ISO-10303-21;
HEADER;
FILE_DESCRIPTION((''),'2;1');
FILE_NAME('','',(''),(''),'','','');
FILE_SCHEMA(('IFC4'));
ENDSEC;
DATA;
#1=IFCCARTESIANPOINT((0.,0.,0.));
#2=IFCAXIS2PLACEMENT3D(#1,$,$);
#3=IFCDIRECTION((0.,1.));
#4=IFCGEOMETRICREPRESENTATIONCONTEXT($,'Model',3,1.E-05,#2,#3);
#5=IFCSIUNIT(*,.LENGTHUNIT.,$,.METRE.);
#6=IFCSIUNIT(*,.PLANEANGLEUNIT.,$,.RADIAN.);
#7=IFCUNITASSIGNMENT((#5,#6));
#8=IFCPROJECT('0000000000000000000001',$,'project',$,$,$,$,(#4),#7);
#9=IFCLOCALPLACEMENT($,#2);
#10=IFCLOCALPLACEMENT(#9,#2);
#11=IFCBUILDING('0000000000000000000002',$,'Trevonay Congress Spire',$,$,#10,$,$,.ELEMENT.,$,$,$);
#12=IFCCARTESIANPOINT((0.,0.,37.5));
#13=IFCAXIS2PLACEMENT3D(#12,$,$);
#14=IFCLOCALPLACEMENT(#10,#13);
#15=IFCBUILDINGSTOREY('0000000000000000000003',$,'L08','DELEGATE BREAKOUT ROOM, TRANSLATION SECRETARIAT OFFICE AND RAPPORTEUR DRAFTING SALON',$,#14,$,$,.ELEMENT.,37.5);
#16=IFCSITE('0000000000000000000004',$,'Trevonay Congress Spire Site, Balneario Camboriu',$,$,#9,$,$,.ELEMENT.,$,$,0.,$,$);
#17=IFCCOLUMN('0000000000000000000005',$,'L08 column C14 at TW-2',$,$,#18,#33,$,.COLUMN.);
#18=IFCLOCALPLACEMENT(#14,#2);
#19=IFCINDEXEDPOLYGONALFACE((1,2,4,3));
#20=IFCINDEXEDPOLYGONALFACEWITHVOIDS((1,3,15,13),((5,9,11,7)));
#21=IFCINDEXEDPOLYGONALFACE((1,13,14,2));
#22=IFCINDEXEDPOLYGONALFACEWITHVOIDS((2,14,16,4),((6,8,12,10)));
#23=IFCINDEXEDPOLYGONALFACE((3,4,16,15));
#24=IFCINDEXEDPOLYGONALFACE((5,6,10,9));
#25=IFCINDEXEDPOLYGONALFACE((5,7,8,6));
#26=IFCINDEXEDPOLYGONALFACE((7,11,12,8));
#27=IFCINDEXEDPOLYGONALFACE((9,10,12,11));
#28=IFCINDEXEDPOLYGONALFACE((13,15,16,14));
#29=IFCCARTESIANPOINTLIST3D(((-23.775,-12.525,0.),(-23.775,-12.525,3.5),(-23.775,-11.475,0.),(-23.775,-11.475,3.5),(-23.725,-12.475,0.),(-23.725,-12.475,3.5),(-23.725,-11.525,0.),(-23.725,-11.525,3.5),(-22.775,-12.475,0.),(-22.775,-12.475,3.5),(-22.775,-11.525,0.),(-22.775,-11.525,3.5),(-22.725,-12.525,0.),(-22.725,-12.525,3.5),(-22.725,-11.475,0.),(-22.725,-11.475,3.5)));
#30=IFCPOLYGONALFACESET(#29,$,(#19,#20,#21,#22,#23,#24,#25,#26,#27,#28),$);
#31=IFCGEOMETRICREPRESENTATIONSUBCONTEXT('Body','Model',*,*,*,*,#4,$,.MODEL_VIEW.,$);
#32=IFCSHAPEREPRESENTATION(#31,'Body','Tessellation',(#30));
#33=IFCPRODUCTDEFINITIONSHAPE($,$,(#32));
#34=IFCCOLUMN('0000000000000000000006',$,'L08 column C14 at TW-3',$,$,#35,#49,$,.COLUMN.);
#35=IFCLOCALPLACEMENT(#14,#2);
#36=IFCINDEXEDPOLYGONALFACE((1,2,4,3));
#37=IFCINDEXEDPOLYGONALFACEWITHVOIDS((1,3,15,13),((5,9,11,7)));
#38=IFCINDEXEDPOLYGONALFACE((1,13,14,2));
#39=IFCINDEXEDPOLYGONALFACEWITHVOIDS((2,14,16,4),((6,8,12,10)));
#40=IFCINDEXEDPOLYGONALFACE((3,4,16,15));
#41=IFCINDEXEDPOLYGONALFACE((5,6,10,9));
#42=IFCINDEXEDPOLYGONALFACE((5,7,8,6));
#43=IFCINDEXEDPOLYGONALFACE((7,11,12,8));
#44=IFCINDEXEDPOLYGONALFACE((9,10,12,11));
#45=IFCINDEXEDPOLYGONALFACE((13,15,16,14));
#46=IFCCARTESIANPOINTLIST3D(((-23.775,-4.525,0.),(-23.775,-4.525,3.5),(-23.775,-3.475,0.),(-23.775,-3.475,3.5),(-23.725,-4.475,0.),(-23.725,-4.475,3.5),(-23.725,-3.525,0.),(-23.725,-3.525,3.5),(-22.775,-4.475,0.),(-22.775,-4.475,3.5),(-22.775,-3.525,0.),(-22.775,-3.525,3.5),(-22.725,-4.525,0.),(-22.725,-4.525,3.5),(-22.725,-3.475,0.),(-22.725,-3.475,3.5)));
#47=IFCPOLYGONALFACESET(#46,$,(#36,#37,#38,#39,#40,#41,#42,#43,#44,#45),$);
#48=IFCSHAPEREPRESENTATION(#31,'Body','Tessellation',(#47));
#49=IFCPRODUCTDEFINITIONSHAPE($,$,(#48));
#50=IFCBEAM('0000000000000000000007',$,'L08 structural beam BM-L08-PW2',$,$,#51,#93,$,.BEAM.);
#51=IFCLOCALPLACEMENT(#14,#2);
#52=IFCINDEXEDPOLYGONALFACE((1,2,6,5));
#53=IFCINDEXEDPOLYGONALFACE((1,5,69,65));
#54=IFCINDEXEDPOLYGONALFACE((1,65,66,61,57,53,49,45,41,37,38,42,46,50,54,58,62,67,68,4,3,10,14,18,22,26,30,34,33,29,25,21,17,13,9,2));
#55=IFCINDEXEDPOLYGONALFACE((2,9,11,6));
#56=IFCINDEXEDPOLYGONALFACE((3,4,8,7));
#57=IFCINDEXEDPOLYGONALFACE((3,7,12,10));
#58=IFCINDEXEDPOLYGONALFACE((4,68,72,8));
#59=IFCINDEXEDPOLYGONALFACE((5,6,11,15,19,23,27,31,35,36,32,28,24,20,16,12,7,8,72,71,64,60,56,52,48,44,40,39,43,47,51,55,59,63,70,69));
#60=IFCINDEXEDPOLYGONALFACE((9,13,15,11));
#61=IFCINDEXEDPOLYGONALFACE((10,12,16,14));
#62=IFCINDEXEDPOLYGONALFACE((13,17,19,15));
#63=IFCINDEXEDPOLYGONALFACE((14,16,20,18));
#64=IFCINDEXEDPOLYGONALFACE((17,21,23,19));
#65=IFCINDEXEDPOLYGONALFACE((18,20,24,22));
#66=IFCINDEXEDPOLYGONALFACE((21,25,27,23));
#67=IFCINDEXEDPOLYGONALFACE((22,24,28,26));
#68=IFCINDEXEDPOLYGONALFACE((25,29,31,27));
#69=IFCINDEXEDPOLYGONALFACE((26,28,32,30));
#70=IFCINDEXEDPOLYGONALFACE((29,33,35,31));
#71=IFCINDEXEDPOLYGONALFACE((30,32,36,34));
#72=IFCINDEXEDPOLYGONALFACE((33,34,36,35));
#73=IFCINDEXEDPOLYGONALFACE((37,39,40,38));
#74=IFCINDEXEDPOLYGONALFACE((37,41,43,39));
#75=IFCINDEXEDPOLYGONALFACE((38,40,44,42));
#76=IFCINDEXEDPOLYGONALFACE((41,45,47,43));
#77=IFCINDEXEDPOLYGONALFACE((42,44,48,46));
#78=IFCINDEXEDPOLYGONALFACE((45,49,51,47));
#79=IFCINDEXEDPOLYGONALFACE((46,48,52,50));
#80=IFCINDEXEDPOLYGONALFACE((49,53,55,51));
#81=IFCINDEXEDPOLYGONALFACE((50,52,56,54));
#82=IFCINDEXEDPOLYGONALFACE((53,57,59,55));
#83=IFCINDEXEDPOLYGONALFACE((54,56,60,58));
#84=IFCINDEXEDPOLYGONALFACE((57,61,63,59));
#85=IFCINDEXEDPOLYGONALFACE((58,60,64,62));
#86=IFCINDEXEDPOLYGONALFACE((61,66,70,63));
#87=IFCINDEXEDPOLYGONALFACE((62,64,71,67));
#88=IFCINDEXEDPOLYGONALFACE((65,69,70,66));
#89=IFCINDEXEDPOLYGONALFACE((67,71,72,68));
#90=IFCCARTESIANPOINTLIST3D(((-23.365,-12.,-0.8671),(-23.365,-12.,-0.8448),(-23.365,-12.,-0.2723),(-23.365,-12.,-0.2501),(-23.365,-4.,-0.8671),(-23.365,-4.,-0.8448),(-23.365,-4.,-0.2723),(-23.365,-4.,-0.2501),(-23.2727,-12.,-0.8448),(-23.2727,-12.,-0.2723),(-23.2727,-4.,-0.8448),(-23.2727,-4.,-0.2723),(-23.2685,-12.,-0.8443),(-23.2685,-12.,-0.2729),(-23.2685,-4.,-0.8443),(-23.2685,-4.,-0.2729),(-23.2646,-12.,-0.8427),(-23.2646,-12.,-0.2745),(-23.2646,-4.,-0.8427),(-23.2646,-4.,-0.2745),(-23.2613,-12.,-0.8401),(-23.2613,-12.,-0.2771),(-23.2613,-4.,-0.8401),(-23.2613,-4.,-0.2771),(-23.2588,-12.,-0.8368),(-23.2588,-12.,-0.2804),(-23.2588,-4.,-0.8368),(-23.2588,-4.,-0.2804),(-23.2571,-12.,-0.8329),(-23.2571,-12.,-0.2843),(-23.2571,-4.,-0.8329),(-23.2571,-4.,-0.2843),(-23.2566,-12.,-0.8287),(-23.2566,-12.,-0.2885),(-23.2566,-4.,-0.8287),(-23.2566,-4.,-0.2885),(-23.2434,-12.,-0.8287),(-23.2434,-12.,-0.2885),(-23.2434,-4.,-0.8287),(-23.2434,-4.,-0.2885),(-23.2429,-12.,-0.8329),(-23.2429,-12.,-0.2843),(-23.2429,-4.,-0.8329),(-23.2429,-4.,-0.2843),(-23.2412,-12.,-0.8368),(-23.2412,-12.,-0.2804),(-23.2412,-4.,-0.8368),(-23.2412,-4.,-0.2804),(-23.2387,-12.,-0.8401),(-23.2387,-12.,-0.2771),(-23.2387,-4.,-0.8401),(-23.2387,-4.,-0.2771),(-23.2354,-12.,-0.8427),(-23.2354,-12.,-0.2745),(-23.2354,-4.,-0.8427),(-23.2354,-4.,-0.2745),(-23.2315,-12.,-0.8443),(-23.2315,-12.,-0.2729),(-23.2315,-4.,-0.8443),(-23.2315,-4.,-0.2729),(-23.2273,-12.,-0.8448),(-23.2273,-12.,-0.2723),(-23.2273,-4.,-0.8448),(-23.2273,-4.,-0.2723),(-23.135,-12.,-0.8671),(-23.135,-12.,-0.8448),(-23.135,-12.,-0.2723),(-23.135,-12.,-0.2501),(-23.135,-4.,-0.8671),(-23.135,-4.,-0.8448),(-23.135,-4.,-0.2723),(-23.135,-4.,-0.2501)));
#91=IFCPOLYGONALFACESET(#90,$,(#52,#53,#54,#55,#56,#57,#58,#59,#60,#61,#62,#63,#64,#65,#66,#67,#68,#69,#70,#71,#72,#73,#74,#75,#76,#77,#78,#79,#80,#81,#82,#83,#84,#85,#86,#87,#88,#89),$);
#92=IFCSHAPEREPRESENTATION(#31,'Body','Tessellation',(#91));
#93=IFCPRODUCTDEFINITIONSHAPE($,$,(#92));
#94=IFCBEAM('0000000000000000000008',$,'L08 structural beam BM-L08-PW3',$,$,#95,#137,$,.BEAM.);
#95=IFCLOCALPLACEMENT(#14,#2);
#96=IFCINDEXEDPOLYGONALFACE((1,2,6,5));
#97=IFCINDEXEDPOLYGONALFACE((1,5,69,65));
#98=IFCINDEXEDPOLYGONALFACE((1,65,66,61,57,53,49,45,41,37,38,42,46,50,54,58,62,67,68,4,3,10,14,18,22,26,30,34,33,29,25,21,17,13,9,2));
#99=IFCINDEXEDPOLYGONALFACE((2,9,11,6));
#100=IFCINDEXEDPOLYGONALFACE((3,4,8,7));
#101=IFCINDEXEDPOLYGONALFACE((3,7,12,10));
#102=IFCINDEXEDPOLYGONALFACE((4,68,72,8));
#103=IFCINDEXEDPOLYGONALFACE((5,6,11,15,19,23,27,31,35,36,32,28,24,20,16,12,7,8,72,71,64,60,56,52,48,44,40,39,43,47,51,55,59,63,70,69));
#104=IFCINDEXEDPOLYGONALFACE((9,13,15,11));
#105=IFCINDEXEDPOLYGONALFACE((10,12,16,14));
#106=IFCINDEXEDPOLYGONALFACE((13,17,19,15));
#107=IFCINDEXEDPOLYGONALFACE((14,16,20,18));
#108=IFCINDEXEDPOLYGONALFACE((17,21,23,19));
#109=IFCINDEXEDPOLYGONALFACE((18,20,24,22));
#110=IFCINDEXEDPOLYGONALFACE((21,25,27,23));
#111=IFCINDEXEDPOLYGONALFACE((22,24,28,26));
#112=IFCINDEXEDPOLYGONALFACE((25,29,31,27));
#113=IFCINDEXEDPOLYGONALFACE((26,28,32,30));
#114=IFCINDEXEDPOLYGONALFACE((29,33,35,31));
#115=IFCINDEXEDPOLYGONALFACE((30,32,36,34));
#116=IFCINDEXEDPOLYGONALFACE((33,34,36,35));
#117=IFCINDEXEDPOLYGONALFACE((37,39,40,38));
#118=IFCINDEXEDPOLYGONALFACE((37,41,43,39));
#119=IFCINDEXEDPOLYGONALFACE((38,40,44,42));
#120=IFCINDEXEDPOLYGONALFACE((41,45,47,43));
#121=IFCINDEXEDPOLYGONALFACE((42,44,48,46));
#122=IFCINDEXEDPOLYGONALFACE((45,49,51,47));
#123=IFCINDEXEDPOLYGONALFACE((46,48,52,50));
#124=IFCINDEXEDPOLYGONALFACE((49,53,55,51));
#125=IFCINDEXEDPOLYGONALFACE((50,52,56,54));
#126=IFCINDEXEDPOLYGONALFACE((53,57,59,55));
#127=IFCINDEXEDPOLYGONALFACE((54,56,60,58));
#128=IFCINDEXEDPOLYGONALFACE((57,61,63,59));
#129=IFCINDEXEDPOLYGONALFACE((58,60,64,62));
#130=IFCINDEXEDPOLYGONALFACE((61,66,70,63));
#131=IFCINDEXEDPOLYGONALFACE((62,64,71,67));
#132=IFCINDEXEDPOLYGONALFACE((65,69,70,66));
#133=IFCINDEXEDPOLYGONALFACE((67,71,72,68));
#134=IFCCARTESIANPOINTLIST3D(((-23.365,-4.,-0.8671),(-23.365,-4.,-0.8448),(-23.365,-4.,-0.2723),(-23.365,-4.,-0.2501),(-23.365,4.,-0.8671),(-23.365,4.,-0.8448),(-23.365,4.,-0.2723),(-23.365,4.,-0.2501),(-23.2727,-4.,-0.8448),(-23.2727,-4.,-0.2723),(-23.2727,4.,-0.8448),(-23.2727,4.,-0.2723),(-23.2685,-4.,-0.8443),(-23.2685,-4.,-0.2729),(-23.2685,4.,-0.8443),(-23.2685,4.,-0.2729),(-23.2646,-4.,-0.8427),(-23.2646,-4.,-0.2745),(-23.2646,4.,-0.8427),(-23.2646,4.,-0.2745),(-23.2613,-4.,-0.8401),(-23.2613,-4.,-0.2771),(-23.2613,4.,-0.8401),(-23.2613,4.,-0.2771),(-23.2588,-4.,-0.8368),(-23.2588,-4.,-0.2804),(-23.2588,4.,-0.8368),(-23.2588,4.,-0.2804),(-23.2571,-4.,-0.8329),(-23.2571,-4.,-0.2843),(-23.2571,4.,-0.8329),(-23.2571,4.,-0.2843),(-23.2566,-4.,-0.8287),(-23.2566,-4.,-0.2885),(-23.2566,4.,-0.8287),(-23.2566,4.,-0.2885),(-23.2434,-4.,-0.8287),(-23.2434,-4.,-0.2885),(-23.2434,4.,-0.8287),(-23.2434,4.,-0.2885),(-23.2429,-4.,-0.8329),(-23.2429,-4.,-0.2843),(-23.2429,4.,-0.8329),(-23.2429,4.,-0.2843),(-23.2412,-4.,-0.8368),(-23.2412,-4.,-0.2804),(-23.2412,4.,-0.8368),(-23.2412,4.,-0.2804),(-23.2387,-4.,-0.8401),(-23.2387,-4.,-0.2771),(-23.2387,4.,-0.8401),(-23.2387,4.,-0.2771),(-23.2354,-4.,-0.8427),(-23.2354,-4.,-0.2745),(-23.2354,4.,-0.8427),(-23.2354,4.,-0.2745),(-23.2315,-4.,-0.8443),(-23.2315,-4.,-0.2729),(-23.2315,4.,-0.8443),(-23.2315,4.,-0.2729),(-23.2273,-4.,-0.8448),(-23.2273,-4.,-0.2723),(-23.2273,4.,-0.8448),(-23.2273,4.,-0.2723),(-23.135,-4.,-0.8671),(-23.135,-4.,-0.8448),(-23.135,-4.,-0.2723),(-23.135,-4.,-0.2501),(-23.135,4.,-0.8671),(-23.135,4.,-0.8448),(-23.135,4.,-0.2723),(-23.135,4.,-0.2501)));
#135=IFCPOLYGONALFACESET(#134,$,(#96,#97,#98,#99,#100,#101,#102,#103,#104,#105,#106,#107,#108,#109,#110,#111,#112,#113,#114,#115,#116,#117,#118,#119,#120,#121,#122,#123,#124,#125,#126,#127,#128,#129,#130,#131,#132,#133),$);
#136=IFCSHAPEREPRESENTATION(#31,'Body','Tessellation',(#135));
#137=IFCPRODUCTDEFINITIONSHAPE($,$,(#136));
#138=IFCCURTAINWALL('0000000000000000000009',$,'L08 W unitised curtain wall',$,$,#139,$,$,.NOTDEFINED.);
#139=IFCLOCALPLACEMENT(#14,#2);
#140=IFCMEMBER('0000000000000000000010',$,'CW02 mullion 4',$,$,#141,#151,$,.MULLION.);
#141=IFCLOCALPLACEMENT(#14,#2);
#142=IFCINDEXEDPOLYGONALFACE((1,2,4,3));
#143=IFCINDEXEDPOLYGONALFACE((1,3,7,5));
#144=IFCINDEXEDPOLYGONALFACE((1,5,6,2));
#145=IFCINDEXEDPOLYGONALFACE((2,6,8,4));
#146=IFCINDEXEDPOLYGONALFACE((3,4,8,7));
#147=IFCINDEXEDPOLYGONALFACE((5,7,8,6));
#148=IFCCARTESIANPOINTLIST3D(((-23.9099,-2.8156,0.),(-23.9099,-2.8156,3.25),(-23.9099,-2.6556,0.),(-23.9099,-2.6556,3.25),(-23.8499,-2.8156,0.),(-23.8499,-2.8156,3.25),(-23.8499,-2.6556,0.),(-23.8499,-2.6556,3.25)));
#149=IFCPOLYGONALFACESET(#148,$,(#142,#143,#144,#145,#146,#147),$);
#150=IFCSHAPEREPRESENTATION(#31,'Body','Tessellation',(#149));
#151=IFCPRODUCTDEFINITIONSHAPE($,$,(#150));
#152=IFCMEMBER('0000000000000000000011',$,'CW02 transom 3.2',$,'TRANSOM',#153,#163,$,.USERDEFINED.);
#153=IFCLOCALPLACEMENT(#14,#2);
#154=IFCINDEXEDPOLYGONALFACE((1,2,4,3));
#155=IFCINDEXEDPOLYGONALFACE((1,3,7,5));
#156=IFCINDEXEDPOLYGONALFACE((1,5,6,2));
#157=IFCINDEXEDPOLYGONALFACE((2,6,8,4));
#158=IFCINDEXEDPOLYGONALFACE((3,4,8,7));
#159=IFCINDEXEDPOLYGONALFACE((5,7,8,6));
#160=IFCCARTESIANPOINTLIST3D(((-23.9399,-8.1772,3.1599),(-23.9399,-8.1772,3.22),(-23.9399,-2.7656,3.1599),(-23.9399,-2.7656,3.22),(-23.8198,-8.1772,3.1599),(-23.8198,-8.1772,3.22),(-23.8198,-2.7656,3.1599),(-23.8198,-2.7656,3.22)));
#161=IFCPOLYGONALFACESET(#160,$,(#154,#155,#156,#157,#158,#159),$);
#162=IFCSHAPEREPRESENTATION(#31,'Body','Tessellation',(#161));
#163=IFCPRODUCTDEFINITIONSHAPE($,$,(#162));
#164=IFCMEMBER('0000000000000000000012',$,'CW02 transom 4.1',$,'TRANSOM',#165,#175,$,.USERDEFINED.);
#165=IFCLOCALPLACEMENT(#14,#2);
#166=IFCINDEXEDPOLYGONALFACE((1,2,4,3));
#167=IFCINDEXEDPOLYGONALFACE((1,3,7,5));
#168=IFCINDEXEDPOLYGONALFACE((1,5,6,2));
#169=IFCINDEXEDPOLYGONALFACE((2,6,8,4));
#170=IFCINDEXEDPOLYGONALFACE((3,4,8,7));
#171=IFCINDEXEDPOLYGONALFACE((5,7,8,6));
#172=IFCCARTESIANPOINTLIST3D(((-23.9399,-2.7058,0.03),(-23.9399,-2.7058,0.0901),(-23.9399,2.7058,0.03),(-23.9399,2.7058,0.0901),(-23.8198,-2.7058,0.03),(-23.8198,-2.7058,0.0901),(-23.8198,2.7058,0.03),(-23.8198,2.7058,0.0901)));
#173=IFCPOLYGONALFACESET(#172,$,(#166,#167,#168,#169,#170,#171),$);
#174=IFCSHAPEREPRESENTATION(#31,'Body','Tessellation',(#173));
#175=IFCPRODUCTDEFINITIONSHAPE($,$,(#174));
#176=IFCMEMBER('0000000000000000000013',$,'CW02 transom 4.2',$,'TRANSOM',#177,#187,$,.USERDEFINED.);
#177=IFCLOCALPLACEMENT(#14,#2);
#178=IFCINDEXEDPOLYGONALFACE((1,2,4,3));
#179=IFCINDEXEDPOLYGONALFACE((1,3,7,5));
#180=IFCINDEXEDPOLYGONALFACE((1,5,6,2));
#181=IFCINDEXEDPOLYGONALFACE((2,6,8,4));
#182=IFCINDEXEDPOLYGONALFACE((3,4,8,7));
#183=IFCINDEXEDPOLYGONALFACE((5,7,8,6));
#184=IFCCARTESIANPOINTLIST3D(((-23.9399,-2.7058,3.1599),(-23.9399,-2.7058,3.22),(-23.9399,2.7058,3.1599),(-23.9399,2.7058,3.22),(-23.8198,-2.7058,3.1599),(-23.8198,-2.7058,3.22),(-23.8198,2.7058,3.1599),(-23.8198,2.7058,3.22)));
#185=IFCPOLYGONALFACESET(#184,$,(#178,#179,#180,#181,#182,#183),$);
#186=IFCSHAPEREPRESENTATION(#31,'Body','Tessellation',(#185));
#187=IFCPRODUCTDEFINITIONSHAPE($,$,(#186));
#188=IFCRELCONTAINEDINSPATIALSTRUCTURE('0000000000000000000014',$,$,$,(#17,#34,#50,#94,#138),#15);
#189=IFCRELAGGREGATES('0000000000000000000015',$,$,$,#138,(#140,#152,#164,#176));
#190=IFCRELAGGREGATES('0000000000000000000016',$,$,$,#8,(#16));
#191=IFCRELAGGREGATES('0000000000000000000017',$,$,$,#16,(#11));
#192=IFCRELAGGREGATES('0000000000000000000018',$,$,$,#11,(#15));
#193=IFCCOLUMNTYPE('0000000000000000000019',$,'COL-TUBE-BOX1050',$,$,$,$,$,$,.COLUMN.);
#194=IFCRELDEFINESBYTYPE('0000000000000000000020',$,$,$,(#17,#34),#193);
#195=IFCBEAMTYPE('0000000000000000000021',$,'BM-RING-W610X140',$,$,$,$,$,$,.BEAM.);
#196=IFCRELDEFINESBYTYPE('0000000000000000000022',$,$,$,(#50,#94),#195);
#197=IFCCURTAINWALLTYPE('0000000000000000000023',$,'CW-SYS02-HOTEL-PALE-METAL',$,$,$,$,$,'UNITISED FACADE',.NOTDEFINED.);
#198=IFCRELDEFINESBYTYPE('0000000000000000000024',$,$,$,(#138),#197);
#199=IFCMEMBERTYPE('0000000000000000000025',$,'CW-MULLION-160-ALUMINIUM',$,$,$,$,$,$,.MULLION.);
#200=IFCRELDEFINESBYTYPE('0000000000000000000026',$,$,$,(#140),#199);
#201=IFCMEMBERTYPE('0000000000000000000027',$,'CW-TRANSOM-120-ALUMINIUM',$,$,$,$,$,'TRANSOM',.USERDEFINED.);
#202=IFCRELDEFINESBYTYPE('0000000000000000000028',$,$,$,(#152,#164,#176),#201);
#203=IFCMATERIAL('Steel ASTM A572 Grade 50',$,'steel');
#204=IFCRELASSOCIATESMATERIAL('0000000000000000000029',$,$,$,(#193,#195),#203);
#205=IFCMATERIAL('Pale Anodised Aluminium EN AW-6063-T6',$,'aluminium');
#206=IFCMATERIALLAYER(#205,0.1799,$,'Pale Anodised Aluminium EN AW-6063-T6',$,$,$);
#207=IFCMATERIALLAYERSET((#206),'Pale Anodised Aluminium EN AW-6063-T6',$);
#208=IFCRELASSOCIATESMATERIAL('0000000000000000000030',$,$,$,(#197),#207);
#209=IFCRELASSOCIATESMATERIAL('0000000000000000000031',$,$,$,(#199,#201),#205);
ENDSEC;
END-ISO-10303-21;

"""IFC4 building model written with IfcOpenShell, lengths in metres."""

from ifc_helpers import new_model, si_unit, direction, frame, origin, origin_2d, place, context, subcontext, project, spatial, rectangle, hollow_rectangle, i_section, extrude, material, layer, layer_set, material_profile, profile_set, type_object, element, aggregate, save


model = new_model("IFC4")

# Units and contexts
model_context = context("Model", 3, precision=1e-05, world=origin(), true_north=direction((0.0, 1.0)))
body_context = subcontext(model_context, "Body", "Model", "MODEL_VIEW")
ifc_project = project(units=[si_unit("LENGTHUNIT", "METRE"), si_unit("PLANEANGLEUNIT", "RADIAN")], contexts=[model_context])

# Site, building, storey
site_placement = place(None, origin())
site = spatial("IfcSite", under=ifc_project, at=site_placement, Name="Trevonay Congress Spire Site, Balneario Camboriu", CompositionType="ELEMENT", RefElevation=0.0)
building_placement = place(site_placement, origin())
building = spatial("IfcBuilding", under=site, at=building_placement, Name="Trevonay Congress Spire", CompositionType="ELEMENT")
storey_placement = place(building_placement, frame((0.0, 0.0, 37.5)))
storey = spatial("IfcBuildingStorey", under=building, at=storey_placement, Name="L08", Description="DELEGATE BREAKOUT ROOM, TRANSLATION SECRETARIAT OFFICE AND RAPPORTEUR DRAFTING SALON", CompositionType="ELEMENT", Elevation=37.5)

# Columns
ifc_material_1 = material(Name="Steel ASTM A572 Grade 50", Category="steel")
ifc_material_profile_1 = material_profile(ifc_material_1, hollow_rectangle(XDim=1.05, YDim=1.05, WallThickness=0.05, at=origin_2d()), Name="BOX 1050x1050x50")
ifc_profile_set_1 = profile_set([ifc_material_profile_1], Name="Steel ASTM A572 Grade 50")
column_type = type_object("IfcColumnType", Name="COL-TUBE-BOX1050", PredefinedType="COLUMN", material=ifc_profile_set_1)
for number, where, z_axis, x_axis, name in (
    (1, (-23.25, -12.0, 0.0), (0.0, 0.0, 1.0), (1.0, 0.0, 0.0), "L08 column C14 at TW-2"),
    (2, (-23.25, -4.0, 0.0), (0.0, 0.0, 1.0), (1.0, 0.0, 0.0), "L08 column C14 at TW-3"),
):
    element("IfcColumn", number, at=place(storey_placement, frame(where, z_axis=z_axis, x_axis=x_axis)), inside=storey, type_object=column_type, Name=name, PredefinedType="COLUMN", context=body_context, shape_type="SweptSolid", body=[
        extrude(hollow_rectangle(XDim=1.05, YDim=1.05, WallThickness=0.05, at=origin_2d()), origin(), (0.0, 0.0, 1.0), 3.5),
    ])

# Beams
ifc_material_profile_2 = material_profile(ifc_material_1, i_section(OverallWidth=0.23, OverallDepth=0.6169, WebThickness=0.0132, FlangeThickness=0.0222, FilletRadius=0.0161, at=origin_2d()), Name="W610x140")
ifc_profile_set_2 = profile_set([ifc_material_profile_2], Name="Steel ASTM A572 Grade 50")
beam_type = type_object("IfcBeamType", Name="BM-RING-W610X140", PredefinedType="BEAM", material=ifc_profile_set_2)
for number, where, z_axis, x_axis, name in (
    (3, (-23.25, -12.0, -0.5586), (0.0, 1.0, 0.0), (-1.0, 0.0, 0.0), "L08 structural beam BM-L08-PW2"),
    (4, (-23.25, -4.0, -0.5586), (0.0, 1.0, 0.0), (-1.0, 0.0, 0.0), "L08 structural beam BM-L08-PW3"),
):
    element("IfcBeam", number, at=place(storey_placement, frame(where, z_axis=z_axis, x_axis=x_axis)), inside=storey, type_object=beam_type, Name=name, PredefinedType="BEAM", context=body_context, shape_type="SweptSolid", body=[
        extrude(i_section(OverallWidth=0.23, OverallDepth=0.6169, WebThickness=0.0132, FlangeThickness=0.0222, FilletRadius=0.0161, at=origin_2d()), origin(), (0.0, 0.0, 1.0), 8.0),
    ])

# Curtain wall, members
ifc_material_2 = material(Name="Pale Anodised Aluminium EN AW-6063-T6", Category="aluminium")
ifc_layer_1 = layer(ifc_material_2, 0.1799, Name="Pale Anodised Aluminium EN AW-6063-T6")
ifc_layer_set_1 = layer_set([ifc_layer_1], Name="Pale Anodised Aluminium EN AW-6063-T6")
curtain_wall_type = type_object("IfcCurtainWallType", Name="CW-SYS02-HOTEL-PALE-METAL", ElementType="UNITISED FACADE", PredefinedType="NOTDEFINED", material=ifc_layer_set_1)
curtain_wall_placement = place(storey_placement, origin())
curtain_wall = element("IfcCurtainWall", 5, at=curtain_wall_placement, inside=storey, type_object=curtain_wall_type, Name="L08 W unitised curtain wall", PredefinedType="NOTDEFINED")
ifc_material_profile_3 = material_profile(ifc_material_2, rectangle(XDim=0.0601, YDim=0.1599, at=origin_2d()), Name="CW-MULLION-160-ALUMINIUM")
ifc_profile_set_3 = profile_set([ifc_material_profile_3], Name="Pale Anodised Aluminium EN AW-6063-T6")
member_type_1 = type_object("IfcMemberType", Name="CW-MULLION-160-ALUMINIUM", PredefinedType="MULLION", material=ifc_profile_set_3)
member_1_placement = place(storey_placement, frame((-23.8799, -2.7356, 0.0), z_axis=(0.0, 0.0, 1.0), x_axis=(-1.0, 0.0, 0.0)))
member_1 = element("IfcMember", 6, at=member_1_placement, type_object=member_type_1, Name="CW02 mullion 4", PredefinedType="MULLION", context=body_context, shape_type="SweptSolid", body=[
    extrude(rectangle(XDim=0.0601, YDim=0.1599, at=origin_2d()), origin(), (0.0, 0.0, 1.0), 3.25),
])
ifc_material_profile_4 = material_profile(ifc_material_2, rectangle(XDim=0.1201, YDim=0.0601, at=origin_2d()), Name="CW-TRANSOM-120-ALUMINIUM")
ifc_profile_set_4 = profile_set([ifc_material_profile_4], Name="Pale Anodised Aluminium EN AW-6063-T6")
member_type_2 = type_object("IfcMemberType", Name="CW-TRANSOM-120-ALUMINIUM", ElementType="TRANSOM", PredefinedType="USERDEFINED", material=ifc_profile_set_4)
member_2_placement = place(storey_placement, frame((-23.8799, -8.1772, 3.1899), z_axis=(0.0, 1.0, 0.0), x_axis=(-1.0, 0.0, 0.0)))
member_2 = element("IfcMember", 7, at=member_2_placement, type_object=member_type_2, Name="CW02 transom 3.2", ObjectType="TRANSOM", PredefinedType="USERDEFINED", context=body_context, shape_type="SweptSolid", body=[
    extrude(rectangle(XDim=0.1201, YDim=0.0601, at=origin_2d()), origin(), (0.0, 0.0, 1.0), 5.4116),
])
member_3_placement = place(storey_placement, frame((-23.8799, -2.7058, 0.0601), z_axis=(0.0, 1.0, 0.0), x_axis=(-1.0, 0.0, 0.0)))
member_3 = element("IfcMember", 8, at=member_3_placement, type_object=member_type_2, Name="CW02 transom 4.1", ObjectType="TRANSOM", PredefinedType="USERDEFINED", context=body_context, shape_type="SweptSolid", body=[
    extrude(rectangle(XDim=0.1201, YDim=0.0601, at=origin_2d()), origin(), (0.0, 0.0, 1.0), 5.4116),
])
member_4_placement = place(storey_placement, frame((-23.8799, -2.7058, 3.1899), z_axis=(0.0, 1.0, 0.0), x_axis=(-1.0, 0.0, 0.0)))
member_4 = element("IfcMember", 9, at=member_4_placement, type_object=member_type_2, Name="CW02 transom 4.2", ObjectType="TRANSOM", PredefinedType="USERDEFINED", context=body_context, shape_type="SweptSolid", body=[
    extrude(rectangle(XDim=0.1201, YDim=0.0601, at=origin_2d()), origin(), (0.0, 0.0, 1.0), 5.4116),
])
aggregate(curtain_wall, [member_1, member_2, member_3, member_4])

save(model, "model.ifc")
